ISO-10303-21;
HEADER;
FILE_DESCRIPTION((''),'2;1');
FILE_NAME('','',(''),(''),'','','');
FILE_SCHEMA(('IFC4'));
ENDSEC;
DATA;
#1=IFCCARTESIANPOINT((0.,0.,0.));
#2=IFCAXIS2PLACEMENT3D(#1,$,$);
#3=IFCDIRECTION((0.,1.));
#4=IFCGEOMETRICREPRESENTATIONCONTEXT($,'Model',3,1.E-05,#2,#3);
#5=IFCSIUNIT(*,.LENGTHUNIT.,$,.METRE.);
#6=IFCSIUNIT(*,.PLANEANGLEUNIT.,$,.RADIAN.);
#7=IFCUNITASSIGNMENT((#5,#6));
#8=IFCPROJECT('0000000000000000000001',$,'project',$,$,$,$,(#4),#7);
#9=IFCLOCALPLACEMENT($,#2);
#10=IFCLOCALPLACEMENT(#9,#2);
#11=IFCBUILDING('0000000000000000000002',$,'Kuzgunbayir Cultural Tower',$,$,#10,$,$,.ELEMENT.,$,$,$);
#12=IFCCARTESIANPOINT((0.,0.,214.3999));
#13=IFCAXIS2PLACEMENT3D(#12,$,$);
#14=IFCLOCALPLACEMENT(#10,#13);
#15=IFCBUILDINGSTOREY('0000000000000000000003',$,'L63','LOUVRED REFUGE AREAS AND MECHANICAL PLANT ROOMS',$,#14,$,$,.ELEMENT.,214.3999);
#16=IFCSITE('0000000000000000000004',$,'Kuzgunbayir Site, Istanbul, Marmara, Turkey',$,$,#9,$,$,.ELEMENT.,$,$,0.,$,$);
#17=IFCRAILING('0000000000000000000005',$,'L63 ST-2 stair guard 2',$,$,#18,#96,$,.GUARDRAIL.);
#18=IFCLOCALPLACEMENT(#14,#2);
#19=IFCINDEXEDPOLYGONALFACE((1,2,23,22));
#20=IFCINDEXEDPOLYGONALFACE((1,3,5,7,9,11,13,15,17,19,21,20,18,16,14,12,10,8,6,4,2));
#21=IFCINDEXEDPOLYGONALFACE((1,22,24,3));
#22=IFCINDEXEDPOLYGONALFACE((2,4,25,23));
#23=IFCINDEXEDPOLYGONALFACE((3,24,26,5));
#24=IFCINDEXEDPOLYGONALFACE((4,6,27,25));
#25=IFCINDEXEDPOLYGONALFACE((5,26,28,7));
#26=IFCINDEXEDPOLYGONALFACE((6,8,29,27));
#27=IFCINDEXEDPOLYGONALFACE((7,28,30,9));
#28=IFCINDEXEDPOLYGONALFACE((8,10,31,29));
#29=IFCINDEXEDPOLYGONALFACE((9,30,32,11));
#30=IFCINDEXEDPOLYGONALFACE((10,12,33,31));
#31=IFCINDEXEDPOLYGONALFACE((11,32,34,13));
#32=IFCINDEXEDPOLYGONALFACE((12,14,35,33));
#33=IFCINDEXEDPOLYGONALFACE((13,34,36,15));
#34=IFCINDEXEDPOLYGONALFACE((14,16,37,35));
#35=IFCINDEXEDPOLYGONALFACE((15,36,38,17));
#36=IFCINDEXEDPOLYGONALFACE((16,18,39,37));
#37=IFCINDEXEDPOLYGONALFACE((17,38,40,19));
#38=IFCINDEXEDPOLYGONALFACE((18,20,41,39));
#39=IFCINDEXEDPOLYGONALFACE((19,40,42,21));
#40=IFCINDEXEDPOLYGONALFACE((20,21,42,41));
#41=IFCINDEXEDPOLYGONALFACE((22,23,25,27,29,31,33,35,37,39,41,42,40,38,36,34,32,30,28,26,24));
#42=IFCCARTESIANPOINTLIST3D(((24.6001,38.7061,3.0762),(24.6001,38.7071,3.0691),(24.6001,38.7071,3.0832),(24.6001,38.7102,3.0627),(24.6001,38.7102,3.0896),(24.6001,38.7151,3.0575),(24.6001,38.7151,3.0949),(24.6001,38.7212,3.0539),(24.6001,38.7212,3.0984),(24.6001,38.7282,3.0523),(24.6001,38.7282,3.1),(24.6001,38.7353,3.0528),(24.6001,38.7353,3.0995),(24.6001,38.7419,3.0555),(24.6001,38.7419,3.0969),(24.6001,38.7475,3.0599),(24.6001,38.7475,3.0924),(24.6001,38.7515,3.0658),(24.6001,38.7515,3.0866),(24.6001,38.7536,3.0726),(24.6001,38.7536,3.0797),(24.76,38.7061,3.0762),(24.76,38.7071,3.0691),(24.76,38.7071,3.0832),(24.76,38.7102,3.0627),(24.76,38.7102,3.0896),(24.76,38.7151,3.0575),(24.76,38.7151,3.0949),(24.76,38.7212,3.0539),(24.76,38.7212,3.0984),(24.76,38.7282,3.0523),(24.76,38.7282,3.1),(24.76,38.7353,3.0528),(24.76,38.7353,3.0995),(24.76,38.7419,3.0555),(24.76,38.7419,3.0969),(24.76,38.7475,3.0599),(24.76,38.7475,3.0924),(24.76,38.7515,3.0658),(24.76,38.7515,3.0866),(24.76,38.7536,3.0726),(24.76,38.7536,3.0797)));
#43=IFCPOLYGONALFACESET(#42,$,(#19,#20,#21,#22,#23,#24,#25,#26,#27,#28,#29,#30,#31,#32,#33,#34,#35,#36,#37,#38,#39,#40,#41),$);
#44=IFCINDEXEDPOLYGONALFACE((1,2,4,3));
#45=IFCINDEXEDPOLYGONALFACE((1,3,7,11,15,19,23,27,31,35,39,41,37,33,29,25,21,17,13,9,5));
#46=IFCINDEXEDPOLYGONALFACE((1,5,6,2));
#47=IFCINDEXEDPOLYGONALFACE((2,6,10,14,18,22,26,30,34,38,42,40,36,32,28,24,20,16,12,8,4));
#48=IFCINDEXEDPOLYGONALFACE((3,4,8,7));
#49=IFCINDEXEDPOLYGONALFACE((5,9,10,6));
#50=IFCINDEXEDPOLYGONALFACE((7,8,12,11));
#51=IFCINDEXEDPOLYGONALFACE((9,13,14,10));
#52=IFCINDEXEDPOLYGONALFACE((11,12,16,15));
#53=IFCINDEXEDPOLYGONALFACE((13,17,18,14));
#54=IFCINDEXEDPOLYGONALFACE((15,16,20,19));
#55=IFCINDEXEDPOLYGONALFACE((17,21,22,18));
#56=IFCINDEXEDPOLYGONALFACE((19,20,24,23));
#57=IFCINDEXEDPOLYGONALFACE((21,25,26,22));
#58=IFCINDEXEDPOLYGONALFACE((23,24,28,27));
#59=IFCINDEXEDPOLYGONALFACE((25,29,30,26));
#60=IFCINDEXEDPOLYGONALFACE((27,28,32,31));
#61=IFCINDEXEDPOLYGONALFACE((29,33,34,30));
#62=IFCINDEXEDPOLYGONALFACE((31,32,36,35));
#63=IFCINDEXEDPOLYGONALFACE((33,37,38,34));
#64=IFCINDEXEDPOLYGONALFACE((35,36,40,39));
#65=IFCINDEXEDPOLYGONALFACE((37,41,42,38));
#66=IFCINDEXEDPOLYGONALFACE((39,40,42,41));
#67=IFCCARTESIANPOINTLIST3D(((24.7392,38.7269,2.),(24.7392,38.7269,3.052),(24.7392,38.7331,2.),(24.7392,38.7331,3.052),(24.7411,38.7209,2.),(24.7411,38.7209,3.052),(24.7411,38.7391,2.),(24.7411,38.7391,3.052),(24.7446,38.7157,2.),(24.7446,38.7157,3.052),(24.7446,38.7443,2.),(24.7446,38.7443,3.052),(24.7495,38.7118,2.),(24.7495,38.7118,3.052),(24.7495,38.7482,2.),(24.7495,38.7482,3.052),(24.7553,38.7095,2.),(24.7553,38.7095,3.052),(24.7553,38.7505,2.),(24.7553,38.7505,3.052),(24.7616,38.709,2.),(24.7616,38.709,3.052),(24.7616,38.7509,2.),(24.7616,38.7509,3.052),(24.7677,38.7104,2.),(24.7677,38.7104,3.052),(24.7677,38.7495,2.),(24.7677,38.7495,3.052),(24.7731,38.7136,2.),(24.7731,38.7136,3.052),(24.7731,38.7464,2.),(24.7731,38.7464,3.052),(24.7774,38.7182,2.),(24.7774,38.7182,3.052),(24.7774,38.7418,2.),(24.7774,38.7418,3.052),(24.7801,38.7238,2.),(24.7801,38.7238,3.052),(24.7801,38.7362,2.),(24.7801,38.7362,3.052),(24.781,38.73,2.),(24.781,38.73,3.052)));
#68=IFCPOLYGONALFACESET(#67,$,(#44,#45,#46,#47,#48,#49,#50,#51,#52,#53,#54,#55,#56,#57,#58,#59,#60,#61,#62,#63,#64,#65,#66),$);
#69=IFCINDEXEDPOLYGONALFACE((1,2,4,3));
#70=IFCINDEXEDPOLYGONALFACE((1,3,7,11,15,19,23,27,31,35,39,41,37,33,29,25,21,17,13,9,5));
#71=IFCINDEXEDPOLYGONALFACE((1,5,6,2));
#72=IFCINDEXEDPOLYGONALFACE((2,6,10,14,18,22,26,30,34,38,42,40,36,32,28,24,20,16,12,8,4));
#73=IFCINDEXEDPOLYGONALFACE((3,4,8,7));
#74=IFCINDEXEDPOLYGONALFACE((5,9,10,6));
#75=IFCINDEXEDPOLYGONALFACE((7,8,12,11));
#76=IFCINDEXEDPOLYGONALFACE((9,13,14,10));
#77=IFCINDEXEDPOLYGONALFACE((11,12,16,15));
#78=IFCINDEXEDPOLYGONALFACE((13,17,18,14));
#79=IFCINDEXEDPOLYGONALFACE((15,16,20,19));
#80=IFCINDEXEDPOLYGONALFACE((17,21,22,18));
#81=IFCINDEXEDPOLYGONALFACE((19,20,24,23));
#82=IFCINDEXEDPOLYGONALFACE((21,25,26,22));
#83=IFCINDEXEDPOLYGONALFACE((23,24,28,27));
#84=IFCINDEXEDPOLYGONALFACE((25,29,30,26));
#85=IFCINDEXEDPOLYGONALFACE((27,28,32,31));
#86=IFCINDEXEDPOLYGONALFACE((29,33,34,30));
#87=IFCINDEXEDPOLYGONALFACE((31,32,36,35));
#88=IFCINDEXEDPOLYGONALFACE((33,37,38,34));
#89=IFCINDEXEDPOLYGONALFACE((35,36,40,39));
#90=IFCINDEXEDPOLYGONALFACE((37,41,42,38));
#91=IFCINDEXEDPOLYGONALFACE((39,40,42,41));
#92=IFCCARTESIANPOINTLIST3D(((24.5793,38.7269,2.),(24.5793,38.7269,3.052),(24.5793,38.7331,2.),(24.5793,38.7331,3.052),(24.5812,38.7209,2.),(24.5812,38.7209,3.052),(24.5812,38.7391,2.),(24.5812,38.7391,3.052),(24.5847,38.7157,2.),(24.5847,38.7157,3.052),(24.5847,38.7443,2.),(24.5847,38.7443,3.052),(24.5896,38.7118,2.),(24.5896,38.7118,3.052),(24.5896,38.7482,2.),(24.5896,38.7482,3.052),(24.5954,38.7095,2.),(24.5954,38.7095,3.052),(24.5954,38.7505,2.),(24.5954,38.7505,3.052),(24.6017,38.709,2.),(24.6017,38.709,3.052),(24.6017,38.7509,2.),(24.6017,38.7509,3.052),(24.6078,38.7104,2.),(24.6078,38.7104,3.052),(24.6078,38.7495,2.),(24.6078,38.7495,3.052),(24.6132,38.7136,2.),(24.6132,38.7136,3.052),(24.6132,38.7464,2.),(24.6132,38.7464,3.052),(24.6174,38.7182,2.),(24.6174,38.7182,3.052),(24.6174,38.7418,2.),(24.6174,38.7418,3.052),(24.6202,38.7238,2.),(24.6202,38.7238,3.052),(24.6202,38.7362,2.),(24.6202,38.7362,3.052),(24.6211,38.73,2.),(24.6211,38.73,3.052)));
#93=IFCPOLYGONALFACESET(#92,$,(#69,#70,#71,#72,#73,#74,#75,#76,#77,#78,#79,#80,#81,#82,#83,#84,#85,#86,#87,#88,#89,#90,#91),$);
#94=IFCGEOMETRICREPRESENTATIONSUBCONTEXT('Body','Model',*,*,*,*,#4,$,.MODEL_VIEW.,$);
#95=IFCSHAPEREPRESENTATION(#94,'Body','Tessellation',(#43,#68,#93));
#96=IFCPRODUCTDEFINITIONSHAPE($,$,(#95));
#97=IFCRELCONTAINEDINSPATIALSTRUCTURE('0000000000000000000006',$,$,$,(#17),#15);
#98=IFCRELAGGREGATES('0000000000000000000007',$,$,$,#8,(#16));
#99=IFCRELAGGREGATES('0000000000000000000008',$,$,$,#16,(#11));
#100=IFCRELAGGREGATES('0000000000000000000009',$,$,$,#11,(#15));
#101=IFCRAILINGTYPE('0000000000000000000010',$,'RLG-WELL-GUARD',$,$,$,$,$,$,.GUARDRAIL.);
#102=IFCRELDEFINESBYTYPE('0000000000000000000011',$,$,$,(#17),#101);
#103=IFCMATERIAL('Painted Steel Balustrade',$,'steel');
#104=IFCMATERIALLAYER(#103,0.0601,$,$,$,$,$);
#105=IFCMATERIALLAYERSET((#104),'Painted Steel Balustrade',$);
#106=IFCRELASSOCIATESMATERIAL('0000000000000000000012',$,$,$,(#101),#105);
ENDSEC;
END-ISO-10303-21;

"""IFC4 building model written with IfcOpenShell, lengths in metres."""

from ifc_helpers import new_model, si_unit, direction, frame, origin, origin_2d, place, context, subcontext, project, spatial, circle, extrude, material, layer, layer_set, type_object, element, save


model = new_model("IFC4")

# Units and contexts
model_context = context("Model", 3, precision=1e-05, world=origin(), true_north=direction((0.0, 1.0)))
body_context = subcontext(model_context, "Body", "Model", "MODEL_VIEW")
ifc_project = project(units=[si_unit("LENGTHUNIT", "METRE"), si_unit("PLANEANGLEUNIT", "RADIAN")], contexts=[model_context])

# Site, building, storey
site_placement = place(None, origin())
site = spatial("IfcSite", under=ifc_project, at=site_placement, Name="Kuzgunbayir Site, Istanbul, Marmara, Turkey", CompositionType="ELEMENT", RefElevation=0.0)
building_placement = place(site_placement, origin())
building = spatial("IfcBuilding", under=site, at=building_placement, Name="Kuzgunbayir Cultural Tower", CompositionType="ELEMENT")
storey_placement = place(building_placement, frame((0.0, 0.0, 214.3999)))
storey = spatial("IfcBuildingStorey", under=building, at=storey_placement, Name="L63", Description="LOUVRED REFUGE AREAS AND MECHANICAL PLANT ROOMS", CompositionType="ELEMENT", Elevation=214.3999)

# Railing
ifc_material_1 = material(Name="Painted Steel Balustrade", Category="steel")
ifc_layer_1 = layer(ifc_material_1, 0.0601)
ifc_layer_set_1 = layer_set([ifc_layer_1], Name="Painted Steel Balustrade")
railing_type_1 = type_object("IfcRailingType", Name="RLG-WELL-GUARD", PredefinedType="GUARDRAIL", material=ifc_layer_set_1)
railing_1_placement = place(storey_placement, frame((24.76, 38.73, 2.0)))
element("IfcRailing", 1, at=railing_1_placement, inside=storey, type_object=railing_type_1, Name="L63 ST-2 stair guard 2", PredefinedType="GUARDRAIL", context=body_context, shape_type="SweptSolid", body=[
    extrude(circle(Radius=0.0239, at=origin_2d()), frame((0.0, 0.0, 1.0762), z_axis=(-1.0, 0.0, 0.0), x_axis=(0.0, -1.0, 0.0)), (0.0, 0.0, 1.0), 0.1599),
    extrude(circle(Radius=0.021, at=origin_2d()), origin(), (0.0, 0.0, 1.0), 1.052),
    extrude(circle(Radius=0.021, at=origin_2d()), frame((-0.1599, 0.0, 0.0)), (0.0, 0.0, 1.0), 1.052),
])

save(model, "model.ifc")
